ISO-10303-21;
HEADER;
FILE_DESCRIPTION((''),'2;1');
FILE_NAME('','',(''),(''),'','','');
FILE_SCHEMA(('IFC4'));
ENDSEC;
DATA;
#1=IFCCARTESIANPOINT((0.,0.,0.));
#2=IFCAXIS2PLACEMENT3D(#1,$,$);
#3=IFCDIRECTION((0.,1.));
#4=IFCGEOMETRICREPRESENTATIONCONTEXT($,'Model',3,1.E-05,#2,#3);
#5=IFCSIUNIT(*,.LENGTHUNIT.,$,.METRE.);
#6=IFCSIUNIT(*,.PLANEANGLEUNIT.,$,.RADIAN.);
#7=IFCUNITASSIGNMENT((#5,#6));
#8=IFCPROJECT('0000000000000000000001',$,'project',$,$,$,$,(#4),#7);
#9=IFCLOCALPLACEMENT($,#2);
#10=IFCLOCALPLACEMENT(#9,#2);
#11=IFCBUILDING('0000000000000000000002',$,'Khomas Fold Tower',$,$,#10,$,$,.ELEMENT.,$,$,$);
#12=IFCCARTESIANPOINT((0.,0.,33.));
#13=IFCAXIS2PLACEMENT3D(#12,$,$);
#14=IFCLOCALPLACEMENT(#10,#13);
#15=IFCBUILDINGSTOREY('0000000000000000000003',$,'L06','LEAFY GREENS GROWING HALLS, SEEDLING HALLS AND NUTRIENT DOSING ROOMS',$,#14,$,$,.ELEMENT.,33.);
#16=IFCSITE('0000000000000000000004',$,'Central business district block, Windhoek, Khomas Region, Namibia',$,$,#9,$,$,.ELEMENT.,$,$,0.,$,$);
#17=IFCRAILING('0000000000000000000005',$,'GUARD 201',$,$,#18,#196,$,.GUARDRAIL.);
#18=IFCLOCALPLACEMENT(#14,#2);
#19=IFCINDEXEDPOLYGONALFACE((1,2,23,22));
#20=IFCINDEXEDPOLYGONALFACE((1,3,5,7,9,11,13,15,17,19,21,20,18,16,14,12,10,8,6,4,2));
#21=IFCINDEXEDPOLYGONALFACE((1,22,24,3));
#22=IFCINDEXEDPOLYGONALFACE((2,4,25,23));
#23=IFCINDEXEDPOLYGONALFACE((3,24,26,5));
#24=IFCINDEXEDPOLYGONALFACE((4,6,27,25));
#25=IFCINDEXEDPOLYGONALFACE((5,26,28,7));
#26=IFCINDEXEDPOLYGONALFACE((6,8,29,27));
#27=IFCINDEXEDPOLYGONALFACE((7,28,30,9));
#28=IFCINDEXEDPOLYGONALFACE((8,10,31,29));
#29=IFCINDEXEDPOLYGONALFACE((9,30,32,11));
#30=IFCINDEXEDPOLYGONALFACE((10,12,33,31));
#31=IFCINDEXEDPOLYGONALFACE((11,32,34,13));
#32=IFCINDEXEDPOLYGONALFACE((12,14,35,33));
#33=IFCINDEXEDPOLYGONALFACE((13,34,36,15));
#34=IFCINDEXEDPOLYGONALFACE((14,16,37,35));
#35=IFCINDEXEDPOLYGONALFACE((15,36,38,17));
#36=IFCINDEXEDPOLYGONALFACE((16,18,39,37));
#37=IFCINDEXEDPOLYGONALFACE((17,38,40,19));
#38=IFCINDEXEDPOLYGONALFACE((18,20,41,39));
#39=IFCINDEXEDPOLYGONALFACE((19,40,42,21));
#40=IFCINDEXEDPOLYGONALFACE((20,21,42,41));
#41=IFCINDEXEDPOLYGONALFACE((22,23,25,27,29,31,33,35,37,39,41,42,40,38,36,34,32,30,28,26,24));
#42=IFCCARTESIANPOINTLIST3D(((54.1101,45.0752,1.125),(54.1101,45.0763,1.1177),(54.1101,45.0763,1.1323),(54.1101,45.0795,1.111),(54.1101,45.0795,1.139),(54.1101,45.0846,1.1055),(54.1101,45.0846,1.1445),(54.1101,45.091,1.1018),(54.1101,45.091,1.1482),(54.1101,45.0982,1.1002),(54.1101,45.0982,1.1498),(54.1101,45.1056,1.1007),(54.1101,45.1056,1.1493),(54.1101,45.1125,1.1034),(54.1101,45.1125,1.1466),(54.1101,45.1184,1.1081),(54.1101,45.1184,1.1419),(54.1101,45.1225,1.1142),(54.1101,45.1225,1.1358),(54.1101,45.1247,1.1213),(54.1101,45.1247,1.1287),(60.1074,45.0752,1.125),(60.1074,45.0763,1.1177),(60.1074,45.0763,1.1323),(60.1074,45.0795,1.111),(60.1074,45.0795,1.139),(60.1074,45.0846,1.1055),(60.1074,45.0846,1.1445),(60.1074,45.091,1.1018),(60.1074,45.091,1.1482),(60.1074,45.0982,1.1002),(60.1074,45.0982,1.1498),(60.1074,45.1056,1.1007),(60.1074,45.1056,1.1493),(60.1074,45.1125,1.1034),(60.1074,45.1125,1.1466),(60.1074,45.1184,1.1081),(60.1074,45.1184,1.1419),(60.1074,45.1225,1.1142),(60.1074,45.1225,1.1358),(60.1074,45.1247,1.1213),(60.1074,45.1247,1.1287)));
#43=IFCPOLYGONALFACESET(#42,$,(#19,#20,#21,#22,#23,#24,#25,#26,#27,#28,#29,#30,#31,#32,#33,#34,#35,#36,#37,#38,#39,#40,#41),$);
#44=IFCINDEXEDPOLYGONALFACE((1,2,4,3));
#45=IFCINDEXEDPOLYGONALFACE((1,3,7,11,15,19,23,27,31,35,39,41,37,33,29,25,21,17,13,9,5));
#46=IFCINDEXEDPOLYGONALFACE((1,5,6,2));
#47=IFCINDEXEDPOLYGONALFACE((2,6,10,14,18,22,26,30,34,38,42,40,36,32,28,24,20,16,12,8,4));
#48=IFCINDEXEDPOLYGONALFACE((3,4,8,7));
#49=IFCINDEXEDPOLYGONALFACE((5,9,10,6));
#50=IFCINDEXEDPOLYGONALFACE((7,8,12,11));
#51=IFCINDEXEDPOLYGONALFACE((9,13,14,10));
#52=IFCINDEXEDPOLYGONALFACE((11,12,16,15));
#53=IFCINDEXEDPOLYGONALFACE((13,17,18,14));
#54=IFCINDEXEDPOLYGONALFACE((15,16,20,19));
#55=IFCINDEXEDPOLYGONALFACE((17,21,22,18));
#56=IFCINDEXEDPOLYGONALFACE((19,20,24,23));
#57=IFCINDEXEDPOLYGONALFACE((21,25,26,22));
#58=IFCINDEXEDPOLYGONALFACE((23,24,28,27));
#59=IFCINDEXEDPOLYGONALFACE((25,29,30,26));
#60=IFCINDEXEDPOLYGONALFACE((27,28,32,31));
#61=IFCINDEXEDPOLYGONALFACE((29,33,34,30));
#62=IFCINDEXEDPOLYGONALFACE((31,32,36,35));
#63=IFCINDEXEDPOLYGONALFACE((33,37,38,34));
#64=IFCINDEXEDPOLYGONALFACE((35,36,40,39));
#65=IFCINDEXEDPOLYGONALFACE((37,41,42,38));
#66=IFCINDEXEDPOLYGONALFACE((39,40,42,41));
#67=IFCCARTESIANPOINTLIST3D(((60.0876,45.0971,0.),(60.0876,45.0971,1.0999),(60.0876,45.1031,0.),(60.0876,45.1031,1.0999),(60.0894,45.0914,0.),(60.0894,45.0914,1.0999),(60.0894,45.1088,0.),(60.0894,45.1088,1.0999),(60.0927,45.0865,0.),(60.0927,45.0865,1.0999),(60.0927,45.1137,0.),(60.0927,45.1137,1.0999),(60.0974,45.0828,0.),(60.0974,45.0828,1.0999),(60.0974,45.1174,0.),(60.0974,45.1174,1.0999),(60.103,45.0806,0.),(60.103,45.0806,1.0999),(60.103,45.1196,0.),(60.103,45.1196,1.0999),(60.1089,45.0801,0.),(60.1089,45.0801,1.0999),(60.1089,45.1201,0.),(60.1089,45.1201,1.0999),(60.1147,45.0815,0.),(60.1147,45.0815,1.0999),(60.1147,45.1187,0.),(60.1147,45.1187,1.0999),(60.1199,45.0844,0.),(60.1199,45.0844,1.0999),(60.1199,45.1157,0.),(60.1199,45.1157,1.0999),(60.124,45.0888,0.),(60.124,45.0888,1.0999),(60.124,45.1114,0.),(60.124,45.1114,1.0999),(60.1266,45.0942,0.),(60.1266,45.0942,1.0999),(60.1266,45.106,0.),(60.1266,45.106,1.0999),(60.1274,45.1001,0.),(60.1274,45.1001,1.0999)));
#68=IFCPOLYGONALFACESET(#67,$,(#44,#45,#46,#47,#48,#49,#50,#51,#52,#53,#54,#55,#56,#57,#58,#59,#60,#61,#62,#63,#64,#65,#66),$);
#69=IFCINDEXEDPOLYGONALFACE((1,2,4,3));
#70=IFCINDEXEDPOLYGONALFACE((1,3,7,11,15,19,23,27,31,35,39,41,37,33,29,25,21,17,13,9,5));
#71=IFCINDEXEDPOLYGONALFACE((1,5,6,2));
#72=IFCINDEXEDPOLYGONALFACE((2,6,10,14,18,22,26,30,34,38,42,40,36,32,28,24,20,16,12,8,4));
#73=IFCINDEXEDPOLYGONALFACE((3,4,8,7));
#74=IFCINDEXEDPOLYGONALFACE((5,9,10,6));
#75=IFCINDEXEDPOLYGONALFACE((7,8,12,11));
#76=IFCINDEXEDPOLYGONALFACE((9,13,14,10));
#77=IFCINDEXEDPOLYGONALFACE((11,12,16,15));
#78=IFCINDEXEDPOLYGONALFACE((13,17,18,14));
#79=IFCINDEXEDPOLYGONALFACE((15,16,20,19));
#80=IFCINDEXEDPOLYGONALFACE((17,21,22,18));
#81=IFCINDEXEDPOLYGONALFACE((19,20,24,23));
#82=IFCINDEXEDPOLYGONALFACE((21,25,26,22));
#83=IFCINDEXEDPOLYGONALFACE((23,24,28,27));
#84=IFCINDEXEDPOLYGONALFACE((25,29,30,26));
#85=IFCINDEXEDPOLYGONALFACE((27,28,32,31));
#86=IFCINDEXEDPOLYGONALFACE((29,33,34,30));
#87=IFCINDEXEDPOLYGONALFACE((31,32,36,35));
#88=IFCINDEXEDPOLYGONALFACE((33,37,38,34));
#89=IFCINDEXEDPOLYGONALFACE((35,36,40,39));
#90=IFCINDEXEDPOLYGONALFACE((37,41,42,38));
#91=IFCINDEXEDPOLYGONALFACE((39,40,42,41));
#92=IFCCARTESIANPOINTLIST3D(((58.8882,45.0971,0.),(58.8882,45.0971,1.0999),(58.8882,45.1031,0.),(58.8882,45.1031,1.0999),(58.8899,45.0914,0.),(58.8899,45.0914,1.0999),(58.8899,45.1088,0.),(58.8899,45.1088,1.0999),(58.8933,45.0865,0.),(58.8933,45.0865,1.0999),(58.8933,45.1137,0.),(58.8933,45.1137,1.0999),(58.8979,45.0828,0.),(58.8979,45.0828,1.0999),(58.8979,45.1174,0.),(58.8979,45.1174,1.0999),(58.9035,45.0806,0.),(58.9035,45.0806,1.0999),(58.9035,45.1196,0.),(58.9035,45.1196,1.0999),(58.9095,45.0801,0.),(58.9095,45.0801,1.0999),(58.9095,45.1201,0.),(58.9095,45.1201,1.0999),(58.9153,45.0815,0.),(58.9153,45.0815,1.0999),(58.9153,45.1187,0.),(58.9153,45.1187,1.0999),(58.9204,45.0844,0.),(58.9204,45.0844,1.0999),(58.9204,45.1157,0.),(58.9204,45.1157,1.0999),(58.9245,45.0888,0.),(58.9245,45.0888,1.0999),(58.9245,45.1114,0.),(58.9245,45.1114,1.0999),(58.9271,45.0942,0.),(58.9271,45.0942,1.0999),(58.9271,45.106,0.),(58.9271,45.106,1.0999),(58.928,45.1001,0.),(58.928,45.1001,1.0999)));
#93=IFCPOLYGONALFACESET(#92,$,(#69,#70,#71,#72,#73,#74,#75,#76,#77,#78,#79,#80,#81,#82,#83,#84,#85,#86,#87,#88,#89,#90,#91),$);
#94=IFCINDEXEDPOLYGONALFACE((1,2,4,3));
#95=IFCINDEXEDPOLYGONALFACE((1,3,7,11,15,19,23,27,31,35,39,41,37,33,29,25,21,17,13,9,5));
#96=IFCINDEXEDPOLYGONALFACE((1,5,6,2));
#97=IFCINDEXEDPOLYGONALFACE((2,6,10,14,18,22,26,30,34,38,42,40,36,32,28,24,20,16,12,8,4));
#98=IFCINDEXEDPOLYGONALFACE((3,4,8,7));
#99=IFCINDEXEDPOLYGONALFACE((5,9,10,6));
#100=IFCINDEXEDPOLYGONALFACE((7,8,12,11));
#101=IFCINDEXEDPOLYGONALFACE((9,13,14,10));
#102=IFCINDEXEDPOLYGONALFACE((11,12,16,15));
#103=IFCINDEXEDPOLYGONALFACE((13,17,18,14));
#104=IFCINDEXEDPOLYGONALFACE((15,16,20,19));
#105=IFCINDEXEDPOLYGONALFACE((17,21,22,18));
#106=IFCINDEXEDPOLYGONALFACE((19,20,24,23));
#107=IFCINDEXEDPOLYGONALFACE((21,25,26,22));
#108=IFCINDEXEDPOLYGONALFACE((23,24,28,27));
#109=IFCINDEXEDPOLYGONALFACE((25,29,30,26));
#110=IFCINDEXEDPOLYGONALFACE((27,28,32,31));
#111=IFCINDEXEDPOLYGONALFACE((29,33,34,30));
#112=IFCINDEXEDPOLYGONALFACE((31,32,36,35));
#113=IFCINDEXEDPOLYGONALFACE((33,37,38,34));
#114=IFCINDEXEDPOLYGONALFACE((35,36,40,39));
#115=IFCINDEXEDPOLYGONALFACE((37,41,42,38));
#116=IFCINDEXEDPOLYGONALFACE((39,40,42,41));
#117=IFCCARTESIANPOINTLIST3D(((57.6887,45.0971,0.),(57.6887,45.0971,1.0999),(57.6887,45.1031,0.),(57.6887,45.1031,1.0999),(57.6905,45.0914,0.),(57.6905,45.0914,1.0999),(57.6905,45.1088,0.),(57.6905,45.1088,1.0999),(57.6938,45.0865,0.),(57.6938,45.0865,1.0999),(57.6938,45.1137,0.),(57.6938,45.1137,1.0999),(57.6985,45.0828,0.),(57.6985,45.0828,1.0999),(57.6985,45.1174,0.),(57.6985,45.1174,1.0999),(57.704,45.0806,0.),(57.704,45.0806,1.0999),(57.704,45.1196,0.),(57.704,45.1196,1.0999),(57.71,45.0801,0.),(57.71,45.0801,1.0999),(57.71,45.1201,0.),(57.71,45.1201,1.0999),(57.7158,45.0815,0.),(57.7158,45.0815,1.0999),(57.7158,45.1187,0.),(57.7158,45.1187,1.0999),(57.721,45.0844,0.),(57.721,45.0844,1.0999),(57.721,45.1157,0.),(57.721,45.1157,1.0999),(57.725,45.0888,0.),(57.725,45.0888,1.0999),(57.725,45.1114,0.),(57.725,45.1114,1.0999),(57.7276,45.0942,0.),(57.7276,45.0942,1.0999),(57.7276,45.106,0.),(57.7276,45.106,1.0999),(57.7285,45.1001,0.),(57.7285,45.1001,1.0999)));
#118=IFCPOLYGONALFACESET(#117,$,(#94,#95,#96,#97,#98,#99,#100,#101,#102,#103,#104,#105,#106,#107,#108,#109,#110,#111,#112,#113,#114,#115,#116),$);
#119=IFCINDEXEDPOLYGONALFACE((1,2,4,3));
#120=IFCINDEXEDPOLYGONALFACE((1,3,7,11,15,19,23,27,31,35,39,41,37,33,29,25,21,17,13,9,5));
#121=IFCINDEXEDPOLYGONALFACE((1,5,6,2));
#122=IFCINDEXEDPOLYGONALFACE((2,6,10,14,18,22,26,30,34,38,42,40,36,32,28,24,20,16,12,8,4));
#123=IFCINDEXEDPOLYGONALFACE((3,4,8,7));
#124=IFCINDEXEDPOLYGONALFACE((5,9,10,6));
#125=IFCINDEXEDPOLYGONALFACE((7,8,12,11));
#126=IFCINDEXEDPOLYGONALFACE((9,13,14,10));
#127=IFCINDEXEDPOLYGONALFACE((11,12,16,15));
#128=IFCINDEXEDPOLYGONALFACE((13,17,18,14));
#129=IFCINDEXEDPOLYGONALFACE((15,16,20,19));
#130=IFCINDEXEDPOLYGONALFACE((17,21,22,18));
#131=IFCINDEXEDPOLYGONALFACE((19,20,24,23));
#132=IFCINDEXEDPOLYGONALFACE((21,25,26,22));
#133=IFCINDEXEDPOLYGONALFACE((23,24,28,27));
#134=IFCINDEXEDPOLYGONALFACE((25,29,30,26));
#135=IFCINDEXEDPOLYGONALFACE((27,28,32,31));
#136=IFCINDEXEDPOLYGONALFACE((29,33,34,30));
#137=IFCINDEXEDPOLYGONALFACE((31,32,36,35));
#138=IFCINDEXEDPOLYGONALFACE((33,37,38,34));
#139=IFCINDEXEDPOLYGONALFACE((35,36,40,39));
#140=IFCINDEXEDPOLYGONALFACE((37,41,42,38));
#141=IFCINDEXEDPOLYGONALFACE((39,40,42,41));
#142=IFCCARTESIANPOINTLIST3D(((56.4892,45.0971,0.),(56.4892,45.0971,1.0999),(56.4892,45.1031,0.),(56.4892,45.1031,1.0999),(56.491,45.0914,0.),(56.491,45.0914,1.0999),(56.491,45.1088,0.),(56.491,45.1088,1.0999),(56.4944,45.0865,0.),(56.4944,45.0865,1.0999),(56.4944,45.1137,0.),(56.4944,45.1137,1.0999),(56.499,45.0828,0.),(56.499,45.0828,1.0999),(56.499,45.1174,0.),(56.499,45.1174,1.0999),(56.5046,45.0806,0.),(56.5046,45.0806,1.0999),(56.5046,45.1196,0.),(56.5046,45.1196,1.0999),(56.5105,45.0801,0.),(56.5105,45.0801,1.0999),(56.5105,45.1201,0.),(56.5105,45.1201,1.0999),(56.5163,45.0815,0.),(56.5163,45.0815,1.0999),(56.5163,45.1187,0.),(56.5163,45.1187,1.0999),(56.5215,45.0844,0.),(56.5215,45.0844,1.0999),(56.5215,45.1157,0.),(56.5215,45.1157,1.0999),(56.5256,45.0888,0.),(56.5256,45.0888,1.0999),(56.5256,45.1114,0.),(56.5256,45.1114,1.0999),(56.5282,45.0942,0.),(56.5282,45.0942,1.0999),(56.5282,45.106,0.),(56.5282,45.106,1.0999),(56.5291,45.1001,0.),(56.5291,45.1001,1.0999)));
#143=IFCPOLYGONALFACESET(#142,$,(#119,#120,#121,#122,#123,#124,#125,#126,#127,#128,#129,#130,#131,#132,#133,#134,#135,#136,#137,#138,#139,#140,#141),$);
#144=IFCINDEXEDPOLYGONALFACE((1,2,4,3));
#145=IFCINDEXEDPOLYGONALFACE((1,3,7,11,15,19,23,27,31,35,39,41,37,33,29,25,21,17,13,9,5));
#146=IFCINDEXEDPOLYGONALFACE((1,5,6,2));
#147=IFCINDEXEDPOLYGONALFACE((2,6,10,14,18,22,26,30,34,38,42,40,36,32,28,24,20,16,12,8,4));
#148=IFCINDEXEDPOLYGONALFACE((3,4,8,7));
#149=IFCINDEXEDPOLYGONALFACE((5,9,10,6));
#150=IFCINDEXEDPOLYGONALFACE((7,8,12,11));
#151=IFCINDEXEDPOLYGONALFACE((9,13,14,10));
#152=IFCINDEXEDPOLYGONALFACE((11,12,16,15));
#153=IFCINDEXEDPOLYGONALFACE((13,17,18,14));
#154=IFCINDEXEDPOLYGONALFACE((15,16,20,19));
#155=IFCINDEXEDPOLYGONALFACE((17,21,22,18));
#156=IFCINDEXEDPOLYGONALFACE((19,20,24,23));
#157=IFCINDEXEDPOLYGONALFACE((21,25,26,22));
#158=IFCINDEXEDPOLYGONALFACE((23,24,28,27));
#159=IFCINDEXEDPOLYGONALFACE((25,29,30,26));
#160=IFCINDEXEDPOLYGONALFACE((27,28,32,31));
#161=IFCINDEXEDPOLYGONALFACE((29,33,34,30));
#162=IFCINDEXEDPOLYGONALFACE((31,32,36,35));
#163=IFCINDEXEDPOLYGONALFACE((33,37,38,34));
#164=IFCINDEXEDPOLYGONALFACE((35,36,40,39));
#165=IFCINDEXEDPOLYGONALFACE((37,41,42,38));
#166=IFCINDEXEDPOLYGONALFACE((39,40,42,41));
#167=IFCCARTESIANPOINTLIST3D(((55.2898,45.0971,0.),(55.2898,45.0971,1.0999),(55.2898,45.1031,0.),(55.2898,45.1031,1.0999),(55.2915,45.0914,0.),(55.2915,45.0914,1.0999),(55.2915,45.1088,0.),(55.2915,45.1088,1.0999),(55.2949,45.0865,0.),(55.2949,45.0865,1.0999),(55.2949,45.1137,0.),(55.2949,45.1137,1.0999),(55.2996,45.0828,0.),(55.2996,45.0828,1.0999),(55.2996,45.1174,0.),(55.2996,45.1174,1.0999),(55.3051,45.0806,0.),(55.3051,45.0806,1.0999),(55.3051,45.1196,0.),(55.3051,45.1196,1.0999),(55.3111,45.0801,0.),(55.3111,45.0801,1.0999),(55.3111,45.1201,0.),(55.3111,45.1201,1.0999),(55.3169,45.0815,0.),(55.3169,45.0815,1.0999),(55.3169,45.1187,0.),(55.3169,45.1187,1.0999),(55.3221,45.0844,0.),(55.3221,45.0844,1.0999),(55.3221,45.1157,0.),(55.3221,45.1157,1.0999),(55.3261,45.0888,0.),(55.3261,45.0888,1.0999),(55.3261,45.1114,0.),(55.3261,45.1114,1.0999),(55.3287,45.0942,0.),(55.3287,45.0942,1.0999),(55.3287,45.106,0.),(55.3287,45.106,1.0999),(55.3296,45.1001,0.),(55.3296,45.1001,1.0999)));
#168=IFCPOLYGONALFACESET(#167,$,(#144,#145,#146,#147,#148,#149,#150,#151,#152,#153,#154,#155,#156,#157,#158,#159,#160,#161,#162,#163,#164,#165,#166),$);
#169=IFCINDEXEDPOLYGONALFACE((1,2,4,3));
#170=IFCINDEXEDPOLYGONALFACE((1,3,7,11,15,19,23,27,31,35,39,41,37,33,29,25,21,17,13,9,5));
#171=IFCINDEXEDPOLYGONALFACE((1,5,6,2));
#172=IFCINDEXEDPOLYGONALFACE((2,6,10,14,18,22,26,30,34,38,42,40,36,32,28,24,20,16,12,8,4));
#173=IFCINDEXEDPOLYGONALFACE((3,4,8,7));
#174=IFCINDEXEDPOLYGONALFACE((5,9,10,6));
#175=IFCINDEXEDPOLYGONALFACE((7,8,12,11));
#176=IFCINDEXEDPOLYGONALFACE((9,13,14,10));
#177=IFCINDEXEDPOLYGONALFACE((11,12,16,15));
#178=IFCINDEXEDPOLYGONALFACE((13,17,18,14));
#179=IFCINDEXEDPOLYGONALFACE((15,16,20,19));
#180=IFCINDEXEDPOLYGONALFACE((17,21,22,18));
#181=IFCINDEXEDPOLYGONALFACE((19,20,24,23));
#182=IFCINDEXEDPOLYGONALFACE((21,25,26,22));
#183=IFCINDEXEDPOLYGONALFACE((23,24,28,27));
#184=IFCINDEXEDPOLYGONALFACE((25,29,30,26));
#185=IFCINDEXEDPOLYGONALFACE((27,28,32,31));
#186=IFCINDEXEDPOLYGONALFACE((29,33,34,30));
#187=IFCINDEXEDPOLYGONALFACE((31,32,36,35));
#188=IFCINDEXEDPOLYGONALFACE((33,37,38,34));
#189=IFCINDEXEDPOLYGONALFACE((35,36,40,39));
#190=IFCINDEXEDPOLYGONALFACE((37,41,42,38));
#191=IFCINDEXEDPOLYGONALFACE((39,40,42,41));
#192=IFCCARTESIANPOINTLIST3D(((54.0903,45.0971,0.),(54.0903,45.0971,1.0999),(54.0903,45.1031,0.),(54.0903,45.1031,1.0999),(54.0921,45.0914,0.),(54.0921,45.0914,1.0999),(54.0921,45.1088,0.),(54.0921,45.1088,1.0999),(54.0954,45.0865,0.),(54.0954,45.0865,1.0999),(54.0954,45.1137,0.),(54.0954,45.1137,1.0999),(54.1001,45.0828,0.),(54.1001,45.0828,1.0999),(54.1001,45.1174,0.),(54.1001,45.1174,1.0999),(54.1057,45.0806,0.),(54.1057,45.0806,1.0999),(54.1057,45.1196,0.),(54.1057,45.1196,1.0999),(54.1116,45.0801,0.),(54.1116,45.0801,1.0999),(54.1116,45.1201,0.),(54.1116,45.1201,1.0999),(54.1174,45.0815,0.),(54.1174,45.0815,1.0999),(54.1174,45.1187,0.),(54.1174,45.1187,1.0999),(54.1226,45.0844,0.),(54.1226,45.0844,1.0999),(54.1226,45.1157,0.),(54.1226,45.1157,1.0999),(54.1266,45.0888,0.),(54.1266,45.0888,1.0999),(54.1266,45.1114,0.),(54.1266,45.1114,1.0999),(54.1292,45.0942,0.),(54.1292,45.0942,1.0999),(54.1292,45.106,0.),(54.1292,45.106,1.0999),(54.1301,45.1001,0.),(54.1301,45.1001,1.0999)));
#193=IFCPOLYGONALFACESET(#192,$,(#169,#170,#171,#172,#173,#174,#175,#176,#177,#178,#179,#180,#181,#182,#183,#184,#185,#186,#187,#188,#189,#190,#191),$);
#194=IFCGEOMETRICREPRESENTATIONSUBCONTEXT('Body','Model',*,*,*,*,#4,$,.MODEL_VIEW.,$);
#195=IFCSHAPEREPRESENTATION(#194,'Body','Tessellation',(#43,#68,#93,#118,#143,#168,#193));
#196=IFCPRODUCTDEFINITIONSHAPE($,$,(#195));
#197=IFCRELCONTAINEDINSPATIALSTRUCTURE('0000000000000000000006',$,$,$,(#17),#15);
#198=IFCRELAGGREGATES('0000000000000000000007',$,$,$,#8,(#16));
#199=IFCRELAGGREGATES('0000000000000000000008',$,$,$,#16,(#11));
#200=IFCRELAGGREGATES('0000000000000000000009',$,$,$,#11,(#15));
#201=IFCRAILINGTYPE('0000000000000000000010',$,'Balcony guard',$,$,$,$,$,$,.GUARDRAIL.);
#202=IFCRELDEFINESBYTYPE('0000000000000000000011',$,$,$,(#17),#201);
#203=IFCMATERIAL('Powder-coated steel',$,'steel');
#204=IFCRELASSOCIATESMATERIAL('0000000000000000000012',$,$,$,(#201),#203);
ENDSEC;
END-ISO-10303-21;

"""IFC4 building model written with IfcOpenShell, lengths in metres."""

from ifc_helpers import new_model, si_unit, direction, frame, origin, origin_2d, place, context, subcontext, project, spatial, circle, extrude, source, transform, mapped, material, type_object, element, save


model = new_model("IFC4")

# Units and contexts
model_context = context("Model", 3, precision=1e-05, world=origin(), true_north=direction((0.0, 1.0)))
body_context = subcontext(model_context, "Body", "Model", "MODEL_VIEW")
ifc_project = project(units=[si_unit("LENGTHUNIT", "METRE"), si_unit("PLANEANGLEUNIT", "RADIAN")], contexts=[model_context])

# Site, building, storey
site_placement = place(None, origin())
site = spatial("IfcSite", under=ifc_project, at=site_placement, Name="Central business district block, Windhoek, Khomas Region, Namibia", CompositionType="ELEMENT", RefElevation=0.0)
building_placement = place(site_placement, origin())
building = spatial("IfcBuilding", under=site, at=building_placement, Name="Khomas Fold Tower", CompositionType="ELEMENT")
storey_placement = place(building_placement, frame((0.0, 0.0, 33.0)))
storey = spatial("IfcBuildingStorey", under=building, at=storey_placement, Name="L06", Description="LEAFY GREENS GROWING HALLS, SEEDLING HALLS AND NUTRIENT DOSING ROOMS", CompositionType="ELEMENT", Elevation=33.0)

# Railing
ifc_material_1 = material(Name="Powder-coated steel", Category="steel")
railing_type = type_object("IfcRailingType", Name="Balcony guard", PredefinedType="GUARDRAIL", material=ifc_material_1)
shared_shape_1 = source(origin(), body_context, "Body", "SweptSolid", [
    extrude(circle(Radius=0.0249, at=origin_2d()), frame((0.0, 0.0, 1.125), z_axis=(-1.0, 0.0, 0.0), x_axis=(0.0, -1.0, 0.0)), (0.0, 0.0, 1.0), 5.9973),
    extrude(circle(Radius=0.02, at=origin_2d()), origin(), (0.0, 0.0, 1.0), 1.0999),
    extrude(circle(Radius=0.02, at=origin_2d()), frame((-1.1995, 0.0, 0.0)), (0.0, 0.0, 1.0), 1.0999),
    extrude(circle(Radius=0.02, at=origin_2d()), frame((-2.3989, 0.0, 0.0)), (0.0, 0.0, 1.0), 1.0999),
    extrude(circle(Radius=0.02, at=origin_2d()), frame((-3.5984, 0.0, 0.0)), (0.0, 0.0, 1.0), 1.0999),
    extrude(circle(Radius=0.02, at=origin_2d()), frame((-4.7979, 0.0, 0.0)), (0.0, 0.0, 1.0), 1.0999),
    extrude(circle(Radius=0.02, at=origin_2d()), frame((-5.9973, 0.0, 0.0)), (0.0, 0.0, 1.0), 1.0999),
])
railing_1_placement = place(storey_placement, frame((60.1074, 45.1001, 0.0)))
element("IfcRailing", 1, at=railing_1_placement, inside=storey, type_object=railing_type, Name="GUARD 201", PredefinedType="GUARDRAIL", context=body_context, shape_type="MappedRepresentation", body=[
    mapped(shared_shape_1, transform((0.0, 0.0, 0.0))),
])

save(model, "model.ifc")
